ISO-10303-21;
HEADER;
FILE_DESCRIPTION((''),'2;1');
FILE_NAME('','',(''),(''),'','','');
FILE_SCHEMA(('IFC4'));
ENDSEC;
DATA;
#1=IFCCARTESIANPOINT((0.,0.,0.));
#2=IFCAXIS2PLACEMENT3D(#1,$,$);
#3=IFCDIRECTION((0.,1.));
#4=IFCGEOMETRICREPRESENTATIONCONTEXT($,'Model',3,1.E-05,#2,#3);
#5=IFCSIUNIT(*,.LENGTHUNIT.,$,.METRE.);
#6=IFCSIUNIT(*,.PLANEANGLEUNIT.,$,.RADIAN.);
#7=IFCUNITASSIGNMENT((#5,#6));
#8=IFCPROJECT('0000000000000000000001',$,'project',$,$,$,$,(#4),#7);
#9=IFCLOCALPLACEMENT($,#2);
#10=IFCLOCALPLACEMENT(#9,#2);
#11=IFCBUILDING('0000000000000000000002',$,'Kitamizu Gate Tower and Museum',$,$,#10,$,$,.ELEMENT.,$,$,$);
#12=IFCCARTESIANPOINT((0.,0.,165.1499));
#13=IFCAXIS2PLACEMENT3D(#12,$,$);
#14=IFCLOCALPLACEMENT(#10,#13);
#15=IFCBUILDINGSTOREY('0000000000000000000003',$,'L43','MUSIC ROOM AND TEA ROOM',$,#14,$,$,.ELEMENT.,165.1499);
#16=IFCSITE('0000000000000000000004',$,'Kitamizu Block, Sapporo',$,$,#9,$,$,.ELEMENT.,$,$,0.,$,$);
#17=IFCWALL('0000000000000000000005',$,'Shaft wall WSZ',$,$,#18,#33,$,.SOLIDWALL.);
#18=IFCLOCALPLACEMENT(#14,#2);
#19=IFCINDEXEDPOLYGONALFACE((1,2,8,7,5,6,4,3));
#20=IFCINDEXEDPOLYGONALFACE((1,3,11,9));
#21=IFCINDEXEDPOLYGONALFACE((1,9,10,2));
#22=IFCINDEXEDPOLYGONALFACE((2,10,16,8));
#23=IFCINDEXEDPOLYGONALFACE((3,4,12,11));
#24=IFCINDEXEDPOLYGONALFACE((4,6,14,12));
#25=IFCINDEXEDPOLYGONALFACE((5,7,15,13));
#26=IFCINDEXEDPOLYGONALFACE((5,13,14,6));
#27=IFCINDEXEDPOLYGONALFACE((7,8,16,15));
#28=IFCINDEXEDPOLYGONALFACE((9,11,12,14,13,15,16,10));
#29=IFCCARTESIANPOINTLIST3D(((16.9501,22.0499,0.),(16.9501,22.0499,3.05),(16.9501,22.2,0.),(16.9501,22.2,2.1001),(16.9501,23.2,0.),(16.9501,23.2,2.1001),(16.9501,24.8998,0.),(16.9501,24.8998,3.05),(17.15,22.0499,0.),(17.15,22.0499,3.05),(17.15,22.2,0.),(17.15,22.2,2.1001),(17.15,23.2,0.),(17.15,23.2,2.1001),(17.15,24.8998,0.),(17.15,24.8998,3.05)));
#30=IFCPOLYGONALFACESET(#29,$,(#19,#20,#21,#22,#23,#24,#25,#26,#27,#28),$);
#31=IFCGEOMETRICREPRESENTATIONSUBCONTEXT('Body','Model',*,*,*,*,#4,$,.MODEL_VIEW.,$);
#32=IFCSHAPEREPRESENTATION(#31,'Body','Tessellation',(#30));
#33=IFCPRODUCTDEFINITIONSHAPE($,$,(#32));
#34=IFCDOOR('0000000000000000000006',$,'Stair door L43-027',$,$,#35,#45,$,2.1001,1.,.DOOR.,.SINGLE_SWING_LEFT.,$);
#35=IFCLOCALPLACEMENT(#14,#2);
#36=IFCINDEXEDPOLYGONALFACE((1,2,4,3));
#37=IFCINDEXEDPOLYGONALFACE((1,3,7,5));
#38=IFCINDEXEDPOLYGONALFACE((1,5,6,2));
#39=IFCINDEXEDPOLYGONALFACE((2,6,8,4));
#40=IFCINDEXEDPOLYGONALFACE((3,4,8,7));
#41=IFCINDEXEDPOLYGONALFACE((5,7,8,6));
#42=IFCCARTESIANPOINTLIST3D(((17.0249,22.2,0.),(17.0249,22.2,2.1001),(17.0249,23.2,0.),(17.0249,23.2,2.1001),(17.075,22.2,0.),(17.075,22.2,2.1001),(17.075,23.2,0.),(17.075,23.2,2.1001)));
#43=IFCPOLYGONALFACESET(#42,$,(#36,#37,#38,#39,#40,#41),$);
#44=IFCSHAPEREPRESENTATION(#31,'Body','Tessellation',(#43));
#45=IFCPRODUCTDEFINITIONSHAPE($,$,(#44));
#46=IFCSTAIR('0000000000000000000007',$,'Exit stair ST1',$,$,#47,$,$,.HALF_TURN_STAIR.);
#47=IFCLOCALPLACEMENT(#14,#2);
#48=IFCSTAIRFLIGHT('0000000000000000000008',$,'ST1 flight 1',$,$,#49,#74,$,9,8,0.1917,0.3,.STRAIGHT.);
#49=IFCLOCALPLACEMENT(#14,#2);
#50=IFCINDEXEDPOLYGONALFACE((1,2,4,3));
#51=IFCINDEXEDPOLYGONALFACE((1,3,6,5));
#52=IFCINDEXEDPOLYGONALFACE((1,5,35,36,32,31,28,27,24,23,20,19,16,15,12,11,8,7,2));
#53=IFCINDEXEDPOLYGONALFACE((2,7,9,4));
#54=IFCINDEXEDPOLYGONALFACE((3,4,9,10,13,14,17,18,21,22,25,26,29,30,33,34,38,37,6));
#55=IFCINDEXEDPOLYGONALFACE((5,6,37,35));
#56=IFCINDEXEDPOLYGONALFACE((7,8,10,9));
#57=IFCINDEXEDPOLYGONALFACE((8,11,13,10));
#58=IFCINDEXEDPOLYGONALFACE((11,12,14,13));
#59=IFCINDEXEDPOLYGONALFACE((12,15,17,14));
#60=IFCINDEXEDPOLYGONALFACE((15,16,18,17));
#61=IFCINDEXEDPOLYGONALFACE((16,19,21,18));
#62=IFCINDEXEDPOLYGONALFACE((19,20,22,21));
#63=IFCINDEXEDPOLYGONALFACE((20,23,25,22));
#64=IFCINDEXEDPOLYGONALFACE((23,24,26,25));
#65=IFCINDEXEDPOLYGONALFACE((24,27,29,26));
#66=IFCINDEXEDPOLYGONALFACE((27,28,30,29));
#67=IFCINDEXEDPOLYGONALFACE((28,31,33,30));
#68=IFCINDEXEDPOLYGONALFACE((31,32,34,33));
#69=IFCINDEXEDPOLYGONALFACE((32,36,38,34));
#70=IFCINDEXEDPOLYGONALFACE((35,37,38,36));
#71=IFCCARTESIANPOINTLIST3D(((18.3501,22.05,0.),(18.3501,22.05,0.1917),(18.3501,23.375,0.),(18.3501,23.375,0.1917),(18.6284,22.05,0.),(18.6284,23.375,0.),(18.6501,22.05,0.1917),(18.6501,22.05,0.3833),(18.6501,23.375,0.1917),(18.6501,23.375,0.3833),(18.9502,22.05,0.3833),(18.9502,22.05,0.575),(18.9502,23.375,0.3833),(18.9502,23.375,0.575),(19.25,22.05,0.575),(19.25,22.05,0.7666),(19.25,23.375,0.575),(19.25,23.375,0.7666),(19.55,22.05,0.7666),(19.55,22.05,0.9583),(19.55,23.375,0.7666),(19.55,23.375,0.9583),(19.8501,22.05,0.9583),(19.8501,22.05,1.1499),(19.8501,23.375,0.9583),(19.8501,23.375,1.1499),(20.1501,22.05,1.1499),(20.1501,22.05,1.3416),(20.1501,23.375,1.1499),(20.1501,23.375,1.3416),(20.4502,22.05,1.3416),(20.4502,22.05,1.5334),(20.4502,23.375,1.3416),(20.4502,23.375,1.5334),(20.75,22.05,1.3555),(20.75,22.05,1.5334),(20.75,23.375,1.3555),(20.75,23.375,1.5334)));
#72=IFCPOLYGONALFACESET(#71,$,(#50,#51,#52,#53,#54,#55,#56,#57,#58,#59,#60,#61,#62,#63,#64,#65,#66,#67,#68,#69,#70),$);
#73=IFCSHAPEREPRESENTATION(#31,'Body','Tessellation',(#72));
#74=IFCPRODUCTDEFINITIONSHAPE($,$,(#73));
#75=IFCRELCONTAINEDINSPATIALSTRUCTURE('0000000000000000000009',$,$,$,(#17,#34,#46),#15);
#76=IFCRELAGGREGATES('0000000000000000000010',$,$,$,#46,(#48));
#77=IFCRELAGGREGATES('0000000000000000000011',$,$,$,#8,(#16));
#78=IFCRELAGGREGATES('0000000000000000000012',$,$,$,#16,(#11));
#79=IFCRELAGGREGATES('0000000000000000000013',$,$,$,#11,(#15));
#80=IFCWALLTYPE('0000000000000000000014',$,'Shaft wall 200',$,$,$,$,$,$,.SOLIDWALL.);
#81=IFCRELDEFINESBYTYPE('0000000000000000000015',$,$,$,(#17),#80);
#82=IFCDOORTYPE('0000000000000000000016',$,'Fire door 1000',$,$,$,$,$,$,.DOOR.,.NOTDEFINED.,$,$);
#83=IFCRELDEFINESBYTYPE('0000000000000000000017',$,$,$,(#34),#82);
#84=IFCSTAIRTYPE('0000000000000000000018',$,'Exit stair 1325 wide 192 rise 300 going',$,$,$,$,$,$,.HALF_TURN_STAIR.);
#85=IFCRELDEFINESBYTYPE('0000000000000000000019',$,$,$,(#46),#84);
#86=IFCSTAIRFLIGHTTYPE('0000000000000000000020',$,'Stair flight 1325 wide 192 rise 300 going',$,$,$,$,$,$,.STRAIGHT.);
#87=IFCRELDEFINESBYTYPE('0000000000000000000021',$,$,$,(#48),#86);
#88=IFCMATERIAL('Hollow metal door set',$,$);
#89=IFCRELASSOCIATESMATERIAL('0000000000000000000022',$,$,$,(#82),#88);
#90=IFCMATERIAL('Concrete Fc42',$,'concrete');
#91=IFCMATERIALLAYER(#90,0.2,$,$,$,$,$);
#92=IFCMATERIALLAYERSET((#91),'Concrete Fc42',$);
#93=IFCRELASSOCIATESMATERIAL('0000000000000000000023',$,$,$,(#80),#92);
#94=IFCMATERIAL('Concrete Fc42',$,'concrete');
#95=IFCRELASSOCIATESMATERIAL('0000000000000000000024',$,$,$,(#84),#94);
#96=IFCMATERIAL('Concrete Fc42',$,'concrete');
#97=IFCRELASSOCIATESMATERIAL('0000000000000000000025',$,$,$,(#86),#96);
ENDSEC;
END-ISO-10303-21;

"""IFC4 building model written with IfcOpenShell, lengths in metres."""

from ifc_helpers import new_model, si_unit, direction, frame, frame_2d, origin, place, context, subcontext, project, spatial, polyline, rectangle, outline, extrude, material, layer, layer_set, type_object, element, fill, aggregate, save


model = new_model("IFC4")

# Units and contexts
model_context = context("Model", 3, precision=1e-05, world=origin(), true_north=direction((0.0, 1.0)))
body_context = subcontext(model_context, "Body", "Model", "MODEL_VIEW")
ifc_project = project(units=[si_unit("LENGTHUNIT", "METRE"), si_unit("PLANEANGLEUNIT", "RADIAN")], contexts=[model_context])

# Site, building, storey
site_placement = place(None, origin())
site = spatial("IfcSite", under=ifc_project, at=site_placement, Name="Kitamizu Block, Sapporo", CompositionType="ELEMENT", RefElevation=0.0)
building_placement = place(site_placement, origin())
building = spatial("IfcBuilding", under=site, at=building_placement, Name="Kitamizu Gate Tower and Museum", CompositionType="ELEMENT")
storey_placement = place(building_placement, frame((0.0, 0.0, 165.1499)))
storey = spatial("IfcBuildingStorey", under=building, at=storey_placement, Name="L43", Description="MUSIC ROOM AND TEA ROOM", CompositionType="ELEMENT", Elevation=165.1499)

# Shared definitions
ifc_material_1 = material(Name="Hollow metal door set")
door_type_1 = type_object("IfcDoorType", Name="Fire door 1000", OperationType="NOTDEFINED", PredefinedType="DOOR", material=ifc_material_1)

# Shared definitions
ifc_material_2 = material(Name="Concrete Fc42", Category="concrete")
ifc_layer_1 = layer(ifc_material_2, 0.2)
ifc_layer_set_1 = layer_set([ifc_layer_1], Name="Concrete Fc42")
wall_type_1 = type_object("IfcWallType", Name="Shaft wall 200", PredefinedType="SOLIDWALL", material=ifc_layer_set_1)

# Wall, opening, door
wall_1_placement = place(storey_placement, frame((17.05, 22.05, 0.0), z_axis=(0.0, 0.0, 1.0), x_axis=(0.0, 1.0, 0.0)))
wall_1 = element("IfcWall", 1, at=wall_1_placement, inside=storey, type_object=wall_type_1, Name="Shaft wall WSZ", PredefinedType="SOLIDWALL", context=body_context, shape_type="SweptSolid", body=[
    extrude(rectangle(XDim=2.8499, YDim=0.2, at=frame_2d((1.4248, 0.0))), origin(), (0.0, 0.0, 1.0), 3.05),
])
opening_1_placement = place(wall_1_placement, frame((0.1499, 0.0, 0.0)))
opening_1 = element("IfcOpeningElement", 2, at=opening_1_placement, cuts=wall_1, PredefinedType="OPENING", context=body_context, shape_type="SweptSolid", body=[
    extrude(rectangle(XDim=1.0, YDim=2.1001, at=frame_2d((0.5, 1.05))), frame((0.0, 0.1099, 0.0), z_axis=(0.0, -1.0, 0.0), x_axis=(1.0, 0.0, 0.0)), (0.0, 0.0, 1.0), 0.22),
])
door_1_placement = place(opening_1_placement, frame((1.0, 0.0, 0.0), x_axis=(-1.0, 0.0, 0.0)))
door_1 = element("IfcDoor", 3, at=door_1_placement, inside=storey, type_object=door_type_1, Name="Stair door L43-027", OperationType="SINGLE_SWING_LEFT", OverallHeight=2.1001, OverallWidth=1.0, PredefinedType="DOOR", context=body_context, shape_type="SweptSolid", body=[
    extrude(rectangle(XDim=1.0, YDim=2.1001, at=frame_2d((0.5, 1.05))), frame((0.0, 0.0249, 0.0), z_axis=(0.0, -1.0, 0.0), x_axis=(1.0, 0.0, 0.0)), (0.0, 0.0, 1.0), 0.05),
])
fill(opening_1, door_1)

# Stair, stair flight
ifc_material_3 = material(Name="Concrete Fc42", Category="concrete")
stair_type = type_object("IfcStairType", Name="Exit stair 1325 wide 192 rise 300 going", PredefinedType="HALF_TURN_STAIR", material=ifc_material_3)
stair_placement = place(storey_placement, origin())
stair = element("IfcStair", 4, at=stair_placement, inside=storey, type_object=stair_type, Name="Exit stair ST1", PredefinedType="HALF_TURN_STAIR")
ifc_material_4 = material(Name="Concrete Fc42", Category="concrete")
stair_flight_type = type_object("IfcStairFlightType", Name="Stair flight 1325 wide 192 rise 300 going", PredefinedType="STRAIGHT", material=ifc_material_4)
stair_flight_placement = place(storey_placement, frame((18.3501, 22.7124, 0.0), z_axis=(0.0, 0.0, 1.0), x_axis=(1.0, 0.0, 0.0)))
stair_flight = element("IfcStairFlight", 5, at=stair_flight_placement, type_object=stair_flight_type, Name="ST1 flight 1", NumberOfRisers=9, NumberOfTreads=8, PredefinedType="STRAIGHT", RiserHeight=0.1917, TreadLength=0.3, context=body_context, shape_type="SweptSolid", body=[
    extrude(outline(polyline([(0.0, 0.0), (0.0, 0.1917), (0.3, 0.1917), (0.3, 0.3833), (0.6001, 0.3833), (0.6001, 0.575), (0.8999, 0.575), (0.8999, 0.7666), (1.2, 0.7666), (1.2, 0.9583), (1.5, 0.9583), (1.5, 1.1499), (1.8, 1.1499), (1.8, 1.3416), (2.1001, 1.3416), (2.1001, 1.5334), (2.3999, 1.5334), (2.3999, 1.7251), (2.3999, 1.3555), (0.2783, 0.0), (0.0, 0.0)])), frame((0.0, 0.6626, 0.0), z_axis=(0.0, -1.0, 0.0), x_axis=(1.0, 0.0, 0.0)), (0.0, 0.0, 1.0), 1.325),
])
aggregate(stair, [stair_flight])

save(model, "model.ifc")
